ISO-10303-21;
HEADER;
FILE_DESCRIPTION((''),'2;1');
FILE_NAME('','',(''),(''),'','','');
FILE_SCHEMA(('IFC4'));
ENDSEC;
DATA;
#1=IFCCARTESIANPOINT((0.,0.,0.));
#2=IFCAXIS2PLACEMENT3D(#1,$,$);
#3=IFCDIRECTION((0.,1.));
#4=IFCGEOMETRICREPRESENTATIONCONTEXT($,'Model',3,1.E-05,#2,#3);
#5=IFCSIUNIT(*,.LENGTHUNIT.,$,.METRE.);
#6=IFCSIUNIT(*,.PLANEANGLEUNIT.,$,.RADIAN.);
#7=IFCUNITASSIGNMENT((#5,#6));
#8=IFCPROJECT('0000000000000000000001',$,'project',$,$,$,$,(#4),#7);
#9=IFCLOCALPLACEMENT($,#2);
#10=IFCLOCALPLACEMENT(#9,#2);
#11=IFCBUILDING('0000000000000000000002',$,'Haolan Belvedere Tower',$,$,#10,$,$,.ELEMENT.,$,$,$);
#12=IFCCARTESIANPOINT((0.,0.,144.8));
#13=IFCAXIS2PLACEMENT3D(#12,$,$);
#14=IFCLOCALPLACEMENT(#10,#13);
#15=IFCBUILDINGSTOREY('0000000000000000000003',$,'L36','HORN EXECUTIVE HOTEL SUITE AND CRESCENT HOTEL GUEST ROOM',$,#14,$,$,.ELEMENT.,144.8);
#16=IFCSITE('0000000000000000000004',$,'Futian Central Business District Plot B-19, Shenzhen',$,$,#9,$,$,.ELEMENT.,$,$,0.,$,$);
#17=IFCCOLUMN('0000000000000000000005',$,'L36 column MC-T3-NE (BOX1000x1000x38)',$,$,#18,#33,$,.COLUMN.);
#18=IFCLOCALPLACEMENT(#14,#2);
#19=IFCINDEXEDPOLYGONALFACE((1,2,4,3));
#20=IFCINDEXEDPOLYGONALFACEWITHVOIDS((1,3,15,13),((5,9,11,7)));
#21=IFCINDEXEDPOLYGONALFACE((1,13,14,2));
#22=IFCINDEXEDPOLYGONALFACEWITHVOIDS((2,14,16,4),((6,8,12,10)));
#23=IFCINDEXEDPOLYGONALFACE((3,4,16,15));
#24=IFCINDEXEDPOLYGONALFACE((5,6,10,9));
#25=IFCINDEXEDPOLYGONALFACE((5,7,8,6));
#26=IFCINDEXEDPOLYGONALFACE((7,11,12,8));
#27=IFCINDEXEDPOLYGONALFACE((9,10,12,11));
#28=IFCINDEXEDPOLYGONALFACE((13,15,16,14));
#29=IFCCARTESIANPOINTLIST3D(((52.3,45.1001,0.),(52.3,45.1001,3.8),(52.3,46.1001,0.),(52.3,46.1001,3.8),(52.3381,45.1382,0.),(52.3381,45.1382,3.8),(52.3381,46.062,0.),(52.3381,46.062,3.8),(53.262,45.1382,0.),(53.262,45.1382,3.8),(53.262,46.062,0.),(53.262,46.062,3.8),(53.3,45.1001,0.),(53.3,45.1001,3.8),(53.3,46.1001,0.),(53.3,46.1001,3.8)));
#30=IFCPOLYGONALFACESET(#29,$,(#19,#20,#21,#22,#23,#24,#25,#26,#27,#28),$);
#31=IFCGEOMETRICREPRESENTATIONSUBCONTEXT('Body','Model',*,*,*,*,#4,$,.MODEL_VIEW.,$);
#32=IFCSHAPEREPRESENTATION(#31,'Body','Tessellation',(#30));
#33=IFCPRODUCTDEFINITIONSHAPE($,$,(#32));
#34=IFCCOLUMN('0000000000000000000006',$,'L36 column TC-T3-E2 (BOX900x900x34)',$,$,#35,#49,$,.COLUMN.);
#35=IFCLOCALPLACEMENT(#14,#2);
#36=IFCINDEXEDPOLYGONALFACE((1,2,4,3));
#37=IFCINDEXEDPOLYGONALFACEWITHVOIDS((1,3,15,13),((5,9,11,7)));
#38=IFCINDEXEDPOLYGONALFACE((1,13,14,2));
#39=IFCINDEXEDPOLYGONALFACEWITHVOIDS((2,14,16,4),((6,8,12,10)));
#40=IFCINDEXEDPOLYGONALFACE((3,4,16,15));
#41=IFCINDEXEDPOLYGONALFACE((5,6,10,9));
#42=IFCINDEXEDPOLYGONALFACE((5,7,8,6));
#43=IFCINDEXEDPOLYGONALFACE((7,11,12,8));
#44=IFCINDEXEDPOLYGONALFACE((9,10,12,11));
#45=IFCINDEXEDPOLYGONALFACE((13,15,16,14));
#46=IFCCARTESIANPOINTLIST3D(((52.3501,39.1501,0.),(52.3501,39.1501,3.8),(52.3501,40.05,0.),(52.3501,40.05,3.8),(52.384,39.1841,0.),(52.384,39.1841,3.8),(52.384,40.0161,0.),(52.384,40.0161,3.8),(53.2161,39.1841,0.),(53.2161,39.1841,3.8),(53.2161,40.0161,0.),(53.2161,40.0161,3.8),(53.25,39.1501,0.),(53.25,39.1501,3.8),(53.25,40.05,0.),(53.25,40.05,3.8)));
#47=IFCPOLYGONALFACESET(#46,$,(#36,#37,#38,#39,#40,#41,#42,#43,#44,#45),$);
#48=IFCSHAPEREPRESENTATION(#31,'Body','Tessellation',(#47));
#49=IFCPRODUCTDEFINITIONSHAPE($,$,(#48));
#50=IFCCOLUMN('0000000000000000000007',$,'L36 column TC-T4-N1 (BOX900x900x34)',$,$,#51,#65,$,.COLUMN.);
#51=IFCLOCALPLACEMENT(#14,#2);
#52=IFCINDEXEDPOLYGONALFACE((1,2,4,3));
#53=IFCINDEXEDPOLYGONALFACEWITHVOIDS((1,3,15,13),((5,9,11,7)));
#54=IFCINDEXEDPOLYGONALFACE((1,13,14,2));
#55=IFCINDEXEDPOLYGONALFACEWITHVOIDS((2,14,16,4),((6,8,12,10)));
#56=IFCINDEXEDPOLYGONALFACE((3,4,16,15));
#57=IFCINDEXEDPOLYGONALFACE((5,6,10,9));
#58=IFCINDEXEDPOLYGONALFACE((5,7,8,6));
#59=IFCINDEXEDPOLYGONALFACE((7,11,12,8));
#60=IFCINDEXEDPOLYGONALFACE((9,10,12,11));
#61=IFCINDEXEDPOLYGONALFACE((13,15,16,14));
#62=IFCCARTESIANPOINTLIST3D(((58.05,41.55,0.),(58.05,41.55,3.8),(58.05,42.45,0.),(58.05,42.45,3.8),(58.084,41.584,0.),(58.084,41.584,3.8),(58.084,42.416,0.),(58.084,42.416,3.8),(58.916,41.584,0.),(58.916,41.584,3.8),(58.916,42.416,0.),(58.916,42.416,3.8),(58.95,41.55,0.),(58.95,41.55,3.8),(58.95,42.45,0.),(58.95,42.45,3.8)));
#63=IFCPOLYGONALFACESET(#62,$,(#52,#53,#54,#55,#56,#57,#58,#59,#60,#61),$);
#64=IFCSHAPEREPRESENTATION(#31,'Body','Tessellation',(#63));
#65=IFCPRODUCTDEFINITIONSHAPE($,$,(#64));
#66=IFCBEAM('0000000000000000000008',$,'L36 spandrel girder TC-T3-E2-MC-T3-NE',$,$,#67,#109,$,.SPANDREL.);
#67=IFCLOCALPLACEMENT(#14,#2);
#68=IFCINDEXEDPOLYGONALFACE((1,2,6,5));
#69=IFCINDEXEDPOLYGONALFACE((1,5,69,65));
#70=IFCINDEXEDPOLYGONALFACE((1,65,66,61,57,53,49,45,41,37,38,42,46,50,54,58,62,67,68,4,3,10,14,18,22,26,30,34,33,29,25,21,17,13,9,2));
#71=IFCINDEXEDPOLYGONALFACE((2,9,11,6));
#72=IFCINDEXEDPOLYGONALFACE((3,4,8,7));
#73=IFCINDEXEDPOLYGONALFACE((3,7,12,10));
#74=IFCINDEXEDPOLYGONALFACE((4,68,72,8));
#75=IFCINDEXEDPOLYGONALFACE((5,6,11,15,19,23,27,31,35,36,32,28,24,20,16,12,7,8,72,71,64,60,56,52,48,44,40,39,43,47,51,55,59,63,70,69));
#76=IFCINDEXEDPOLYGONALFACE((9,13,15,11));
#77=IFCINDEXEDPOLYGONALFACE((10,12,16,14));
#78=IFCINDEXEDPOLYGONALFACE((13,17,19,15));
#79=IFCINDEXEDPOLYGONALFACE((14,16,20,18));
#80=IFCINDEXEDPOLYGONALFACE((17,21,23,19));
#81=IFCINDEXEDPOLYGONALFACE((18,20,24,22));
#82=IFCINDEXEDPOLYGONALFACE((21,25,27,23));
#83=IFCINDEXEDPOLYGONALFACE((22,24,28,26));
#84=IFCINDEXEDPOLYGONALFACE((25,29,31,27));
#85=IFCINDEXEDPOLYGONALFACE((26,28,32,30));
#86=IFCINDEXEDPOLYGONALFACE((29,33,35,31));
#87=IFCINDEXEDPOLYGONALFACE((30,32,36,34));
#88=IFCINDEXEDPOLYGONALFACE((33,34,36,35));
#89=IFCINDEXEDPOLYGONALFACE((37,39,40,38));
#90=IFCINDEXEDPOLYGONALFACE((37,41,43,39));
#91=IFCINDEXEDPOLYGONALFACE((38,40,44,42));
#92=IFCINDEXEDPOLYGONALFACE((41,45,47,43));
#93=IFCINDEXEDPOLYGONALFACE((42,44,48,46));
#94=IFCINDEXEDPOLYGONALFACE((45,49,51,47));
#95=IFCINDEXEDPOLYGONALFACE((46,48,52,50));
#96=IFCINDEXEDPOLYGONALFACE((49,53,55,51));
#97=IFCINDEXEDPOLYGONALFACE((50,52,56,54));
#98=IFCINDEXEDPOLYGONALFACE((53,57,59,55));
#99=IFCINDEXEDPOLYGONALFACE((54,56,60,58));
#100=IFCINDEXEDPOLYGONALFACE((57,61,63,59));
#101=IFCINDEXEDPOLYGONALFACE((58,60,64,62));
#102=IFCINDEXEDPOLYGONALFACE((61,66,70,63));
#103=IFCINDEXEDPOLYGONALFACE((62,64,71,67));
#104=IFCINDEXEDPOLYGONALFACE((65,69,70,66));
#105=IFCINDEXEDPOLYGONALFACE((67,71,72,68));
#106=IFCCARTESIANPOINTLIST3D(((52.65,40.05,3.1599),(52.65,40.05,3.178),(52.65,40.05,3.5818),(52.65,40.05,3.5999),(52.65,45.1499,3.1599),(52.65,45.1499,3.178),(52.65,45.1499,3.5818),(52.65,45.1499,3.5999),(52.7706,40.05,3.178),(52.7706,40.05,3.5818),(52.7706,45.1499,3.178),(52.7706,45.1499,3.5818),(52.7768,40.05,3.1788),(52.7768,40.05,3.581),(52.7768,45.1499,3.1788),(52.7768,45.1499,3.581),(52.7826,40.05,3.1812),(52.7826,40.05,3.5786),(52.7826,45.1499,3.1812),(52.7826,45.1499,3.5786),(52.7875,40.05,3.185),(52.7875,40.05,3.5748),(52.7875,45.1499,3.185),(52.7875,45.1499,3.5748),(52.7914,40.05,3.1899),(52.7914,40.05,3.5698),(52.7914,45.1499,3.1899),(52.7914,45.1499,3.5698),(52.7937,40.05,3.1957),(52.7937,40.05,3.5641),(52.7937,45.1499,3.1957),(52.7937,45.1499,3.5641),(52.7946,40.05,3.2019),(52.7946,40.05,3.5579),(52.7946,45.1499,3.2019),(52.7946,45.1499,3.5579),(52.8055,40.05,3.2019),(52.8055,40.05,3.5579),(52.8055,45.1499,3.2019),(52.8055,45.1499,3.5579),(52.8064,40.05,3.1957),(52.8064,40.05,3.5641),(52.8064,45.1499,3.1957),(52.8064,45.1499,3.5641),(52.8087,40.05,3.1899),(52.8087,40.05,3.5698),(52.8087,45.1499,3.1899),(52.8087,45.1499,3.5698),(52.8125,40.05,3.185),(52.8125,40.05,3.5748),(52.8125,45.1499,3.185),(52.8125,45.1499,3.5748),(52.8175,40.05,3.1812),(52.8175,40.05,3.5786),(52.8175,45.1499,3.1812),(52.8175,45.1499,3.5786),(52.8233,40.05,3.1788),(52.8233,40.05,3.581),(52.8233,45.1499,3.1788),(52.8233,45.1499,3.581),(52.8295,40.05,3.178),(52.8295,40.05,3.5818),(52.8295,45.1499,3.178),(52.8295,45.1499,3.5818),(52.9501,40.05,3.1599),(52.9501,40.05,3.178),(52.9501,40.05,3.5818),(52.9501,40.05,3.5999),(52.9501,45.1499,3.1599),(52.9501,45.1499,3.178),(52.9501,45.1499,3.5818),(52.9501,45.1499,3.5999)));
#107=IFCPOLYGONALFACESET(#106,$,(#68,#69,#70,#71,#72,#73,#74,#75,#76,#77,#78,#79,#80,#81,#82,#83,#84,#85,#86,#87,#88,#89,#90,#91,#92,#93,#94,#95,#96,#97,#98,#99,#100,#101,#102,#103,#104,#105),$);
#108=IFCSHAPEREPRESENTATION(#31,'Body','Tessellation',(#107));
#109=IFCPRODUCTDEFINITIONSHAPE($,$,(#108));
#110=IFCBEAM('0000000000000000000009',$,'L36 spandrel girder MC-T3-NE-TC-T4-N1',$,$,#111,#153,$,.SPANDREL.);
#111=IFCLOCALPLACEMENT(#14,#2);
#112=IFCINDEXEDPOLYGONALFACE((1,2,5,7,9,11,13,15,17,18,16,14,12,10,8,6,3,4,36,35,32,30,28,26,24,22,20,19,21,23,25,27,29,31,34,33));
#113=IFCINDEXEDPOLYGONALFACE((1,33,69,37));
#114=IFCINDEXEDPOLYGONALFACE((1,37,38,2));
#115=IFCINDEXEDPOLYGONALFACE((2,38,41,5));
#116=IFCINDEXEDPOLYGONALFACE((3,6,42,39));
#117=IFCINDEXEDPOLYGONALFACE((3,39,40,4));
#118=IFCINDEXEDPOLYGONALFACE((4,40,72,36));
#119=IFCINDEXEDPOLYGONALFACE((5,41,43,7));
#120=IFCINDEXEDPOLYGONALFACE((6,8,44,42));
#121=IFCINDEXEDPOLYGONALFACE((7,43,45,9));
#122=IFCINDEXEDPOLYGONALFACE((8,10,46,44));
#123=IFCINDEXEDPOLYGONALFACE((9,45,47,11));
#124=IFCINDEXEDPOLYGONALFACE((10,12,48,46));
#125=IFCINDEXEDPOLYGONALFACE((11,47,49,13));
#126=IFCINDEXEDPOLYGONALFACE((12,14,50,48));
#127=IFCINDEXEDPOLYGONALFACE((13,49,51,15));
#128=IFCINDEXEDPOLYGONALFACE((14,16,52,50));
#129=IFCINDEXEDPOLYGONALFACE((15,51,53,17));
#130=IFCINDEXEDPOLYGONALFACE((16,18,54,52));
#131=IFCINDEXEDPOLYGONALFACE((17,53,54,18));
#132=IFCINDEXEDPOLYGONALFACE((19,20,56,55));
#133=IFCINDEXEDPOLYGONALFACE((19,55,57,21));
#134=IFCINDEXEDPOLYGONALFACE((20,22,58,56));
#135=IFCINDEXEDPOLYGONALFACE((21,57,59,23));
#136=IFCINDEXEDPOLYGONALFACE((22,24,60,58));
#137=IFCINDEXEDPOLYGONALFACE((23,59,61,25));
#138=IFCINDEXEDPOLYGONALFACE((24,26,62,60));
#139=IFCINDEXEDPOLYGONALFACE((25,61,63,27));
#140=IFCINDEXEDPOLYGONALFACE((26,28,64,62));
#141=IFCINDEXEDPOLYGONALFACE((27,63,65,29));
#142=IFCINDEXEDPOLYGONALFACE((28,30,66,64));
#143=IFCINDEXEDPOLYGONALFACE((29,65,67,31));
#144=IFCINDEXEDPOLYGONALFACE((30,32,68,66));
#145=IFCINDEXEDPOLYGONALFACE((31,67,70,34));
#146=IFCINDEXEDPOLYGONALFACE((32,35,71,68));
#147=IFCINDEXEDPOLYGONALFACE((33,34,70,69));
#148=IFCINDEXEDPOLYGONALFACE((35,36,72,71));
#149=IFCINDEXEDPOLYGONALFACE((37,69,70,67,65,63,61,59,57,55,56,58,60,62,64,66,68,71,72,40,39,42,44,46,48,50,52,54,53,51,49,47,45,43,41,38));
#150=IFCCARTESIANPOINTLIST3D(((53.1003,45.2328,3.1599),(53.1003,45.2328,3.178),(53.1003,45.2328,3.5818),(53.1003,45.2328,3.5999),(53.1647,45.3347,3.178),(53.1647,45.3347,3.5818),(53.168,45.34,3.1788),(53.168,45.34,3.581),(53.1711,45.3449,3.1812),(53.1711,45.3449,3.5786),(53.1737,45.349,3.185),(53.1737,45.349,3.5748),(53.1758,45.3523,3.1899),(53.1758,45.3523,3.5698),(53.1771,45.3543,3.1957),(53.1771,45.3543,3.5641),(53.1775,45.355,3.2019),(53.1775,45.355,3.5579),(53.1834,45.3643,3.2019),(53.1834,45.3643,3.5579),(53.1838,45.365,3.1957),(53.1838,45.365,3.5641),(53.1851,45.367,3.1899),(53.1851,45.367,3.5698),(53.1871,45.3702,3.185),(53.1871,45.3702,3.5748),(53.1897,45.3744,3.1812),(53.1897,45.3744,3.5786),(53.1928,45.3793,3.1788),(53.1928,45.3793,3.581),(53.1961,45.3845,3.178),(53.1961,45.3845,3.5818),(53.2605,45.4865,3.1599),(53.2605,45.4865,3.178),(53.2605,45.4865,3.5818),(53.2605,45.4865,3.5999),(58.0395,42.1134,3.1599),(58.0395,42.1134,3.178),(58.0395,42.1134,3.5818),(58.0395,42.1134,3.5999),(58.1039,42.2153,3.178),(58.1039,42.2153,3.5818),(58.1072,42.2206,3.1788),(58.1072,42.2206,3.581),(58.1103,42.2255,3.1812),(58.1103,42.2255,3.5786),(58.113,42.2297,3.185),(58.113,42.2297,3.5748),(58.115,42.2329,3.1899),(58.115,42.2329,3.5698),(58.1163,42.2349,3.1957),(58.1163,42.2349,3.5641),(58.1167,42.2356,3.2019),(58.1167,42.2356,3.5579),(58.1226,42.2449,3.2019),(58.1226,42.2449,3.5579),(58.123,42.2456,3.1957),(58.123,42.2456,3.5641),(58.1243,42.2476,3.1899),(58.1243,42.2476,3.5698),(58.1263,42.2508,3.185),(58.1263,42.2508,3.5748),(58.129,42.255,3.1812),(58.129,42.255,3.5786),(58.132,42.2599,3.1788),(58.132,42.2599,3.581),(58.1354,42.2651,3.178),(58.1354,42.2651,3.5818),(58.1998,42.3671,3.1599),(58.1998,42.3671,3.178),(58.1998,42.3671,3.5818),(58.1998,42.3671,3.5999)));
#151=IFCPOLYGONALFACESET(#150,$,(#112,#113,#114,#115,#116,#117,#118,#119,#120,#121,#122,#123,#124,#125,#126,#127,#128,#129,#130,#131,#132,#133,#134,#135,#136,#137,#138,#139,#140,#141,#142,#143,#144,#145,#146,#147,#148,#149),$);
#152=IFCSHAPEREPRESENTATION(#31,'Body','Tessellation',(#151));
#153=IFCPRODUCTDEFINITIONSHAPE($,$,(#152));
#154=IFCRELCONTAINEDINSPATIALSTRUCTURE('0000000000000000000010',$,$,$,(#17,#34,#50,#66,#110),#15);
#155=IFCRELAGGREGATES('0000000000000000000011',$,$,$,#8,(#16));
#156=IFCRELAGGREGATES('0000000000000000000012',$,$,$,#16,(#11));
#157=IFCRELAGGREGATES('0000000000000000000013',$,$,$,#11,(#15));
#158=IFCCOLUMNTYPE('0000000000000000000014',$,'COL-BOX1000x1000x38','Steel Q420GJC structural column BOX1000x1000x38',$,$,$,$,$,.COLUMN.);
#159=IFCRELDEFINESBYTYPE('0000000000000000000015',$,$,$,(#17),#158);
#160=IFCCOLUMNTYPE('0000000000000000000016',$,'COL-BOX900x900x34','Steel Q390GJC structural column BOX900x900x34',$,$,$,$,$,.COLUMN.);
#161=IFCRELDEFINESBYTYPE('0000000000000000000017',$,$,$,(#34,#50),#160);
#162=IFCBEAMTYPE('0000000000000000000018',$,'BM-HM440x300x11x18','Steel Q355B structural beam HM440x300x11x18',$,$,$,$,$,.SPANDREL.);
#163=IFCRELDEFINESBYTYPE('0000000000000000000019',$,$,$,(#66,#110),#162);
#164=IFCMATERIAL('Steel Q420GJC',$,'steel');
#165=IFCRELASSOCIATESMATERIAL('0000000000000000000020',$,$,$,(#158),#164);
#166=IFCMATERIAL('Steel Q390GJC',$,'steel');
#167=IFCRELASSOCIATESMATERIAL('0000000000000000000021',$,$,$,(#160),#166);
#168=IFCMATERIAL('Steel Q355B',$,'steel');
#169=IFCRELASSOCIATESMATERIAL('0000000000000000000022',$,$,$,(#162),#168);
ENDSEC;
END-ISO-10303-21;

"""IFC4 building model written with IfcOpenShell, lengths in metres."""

from ifc_helpers import new_model, si_unit, direction, frame, origin, origin_2d, place, context, subcontext, project, spatial, hollow_rectangle, i_section, extrude, material, material_profile, profile_set, type_object, element, save


model = new_model("IFC4")

# Units and contexts
model_context = context("Model", 3, precision=1e-05, world=origin(), true_north=direction((0.0, 1.0)))
body_context = subcontext(model_context, "Body", "Model", "MODEL_VIEW")
ifc_project = project(units=[si_unit("LENGTHUNIT", "METRE"), si_unit("PLANEANGLEUNIT", "RADIAN")], contexts=[model_context])

# Site, building, storey
site_placement = place(None, origin())
site = spatial("IfcSite", under=ifc_project, at=site_placement, Name="Futian Central Business District Plot B-19, Shenzhen", CompositionType="ELEMENT", RefElevation=0.0)
building_placement = place(site_placement, origin())
building = spatial("IfcBuilding", under=site, at=building_placement, Name="Haolan Belvedere Tower", CompositionType="ELEMENT")
storey_placement = place(building_placement, frame((0.0, 0.0, 144.8)))
storey = spatial("IfcBuildingStorey", under=building, at=storey_placement, Name="L36", Description="HORN EXECUTIVE HOTEL SUITE AND CRESCENT HOTEL GUEST ROOM", CompositionType="ELEMENT", Elevation=144.8)

# Columns
ifc_material_1 = material(Name="Steel Q420GJC", Category="steel")
ifc_material_profile_1 = material_profile(ifc_material_1, hollow_rectangle(XDim=1.0, YDim=1.0, WallThickness=0.0381, at=origin_2d()), Name="Steel Q420GJC")
ifc_profile_set_1 = profile_set([ifc_material_profile_1], Name="Steel Q420GJC")
column_type_1 = type_object("IfcColumnType", Name="COL-BOX1000x1000x38", Description="Steel Q420GJC structural column BOX1000x1000x38", PredefinedType="COLUMN", material=ifc_profile_set_1)
column_placement = place(storey_placement, frame((52.8, 45.6001, 0.0), z_axis=(0.0, 0.0, 1.0), x_axis=(1.0, 0.0, 0.0)))
element("IfcColumn", 1, at=column_placement, inside=storey, type_object=column_type_1, Name="L36 column MC-T3-NE (BOX1000x1000x38)", PredefinedType="COLUMN", context=body_context, shape_type="SweptSolid", body=[
    extrude(hollow_rectangle(XDim=1.0, YDim=1.0, WallThickness=0.0381, at=origin_2d()), origin(), (0.0, 0.0, 1.0), 3.8),
])
ifc_material_2 = material(Name="Steel Q390GJC", Category="steel")
ifc_material_profile_2 = material_profile(ifc_material_2, hollow_rectangle(XDim=0.8999, YDim=0.8999, WallThickness=0.0339, at=origin_2d()), Name="Steel Q390GJC")
ifc_profile_set_2 = profile_set([ifc_material_profile_2], Name="Steel Q390GJC")
column_type_2 = type_object("IfcColumnType", Name="COL-BOX900x900x34", Description="Steel Q390GJC structural column BOX900x900x34", PredefinedType="COLUMN", material=ifc_profile_set_2)
for number, where, z_axis, x_axis, name in (
    (2, (52.8, 39.6001, 0.0), (0.0, 0.0, 1.0), (1.0, 0.0, 0.0), "L36 column TC-T3-E2 (BOX900x900x34)"),
    (3, (58.5, 42.0, 0.0), (0.0, 0.0, 1.0), (1.0, 0.0, 0.0), "L36 column TC-T4-N1 (BOX900x900x34)"),
):
    element("IfcColumn", number, at=place(storey_placement, frame(where, z_axis=z_axis, x_axis=x_axis)), inside=storey, type_object=column_type_2, Name=name, PredefinedType="COLUMN", context=body_context, shape_type="SweptSolid", body=[
        extrude(hollow_rectangle(XDim=0.8999, YDim=0.8999, WallThickness=0.0339, at=origin_2d()), origin(), (0.0, 0.0, 1.0), 3.8),
    ])

# Beams
ifc_material_3 = material(Name="Steel Q355B", Category="steel")
ifc_material_profile_3 = material_profile(ifc_material_3, i_section(OverallWidth=0.3, OverallDepth=0.4399, WebThickness=0.011, FlangeThickness=0.0181, FilletRadius=0.0239, at=origin_2d()), Name="Steel Q355B")
ifc_profile_set_3 = profile_set([ifc_material_profile_3], Name="Steel Q355B")
beam_type_1 = type_object("IfcBeamType", Name="BM-HM440x300x11x18", Description="Steel Q355B structural beam HM440x300x11x18", PredefinedType="SPANDREL", material=ifc_profile_set_3)
beam_1_placement = place(storey_placement, frame((52.8, 40.05, 3.3799), z_axis=(0.0, 1.0, 0.0), x_axis=(-1.0, 0.0, 0.0)))
element("IfcBeam", 4, at=beam_1_placement, inside=storey, type_object=beam_type_1, Name="L36 spandrel girder TC-T3-E2-MC-T3-NE", PredefinedType="SPANDREL", context=body_context, shape_type="SweptSolid", body=[
    extrude(i_section(OverallWidth=0.3, OverallDepth=0.4399, WebThickness=0.011, FlangeThickness=0.0181, FilletRadius=0.0239, at=origin_2d()), origin(), (0.0, 0.0, 1.0), 5.0999),
])
beam_2_placement = place(storey_placement, frame((53.1804, 45.3596, 3.3799), z_axis=(0.845498, -0.533979, 0.0), x_axis=(0.533979, 0.845498, 0.0)))
element("IfcBeam", 5, at=beam_2_placement, inside=storey, type_object=beam_type_1, Name="L36 spandrel girder MC-T3-NE-TC-T4-N1", PredefinedType="SPANDREL", context=body_context, shape_type="SweptSolid", body=[
    extrude(i_section(OverallWidth=0.3, OverallDepth=0.4399, WebThickness=0.011, FlangeThickness=0.0181, FilletRadius=0.0239, at=origin_2d()), origin(), (0.0, 0.0, 1.0), 5.8418),
])

save(model, "model.ifc")
